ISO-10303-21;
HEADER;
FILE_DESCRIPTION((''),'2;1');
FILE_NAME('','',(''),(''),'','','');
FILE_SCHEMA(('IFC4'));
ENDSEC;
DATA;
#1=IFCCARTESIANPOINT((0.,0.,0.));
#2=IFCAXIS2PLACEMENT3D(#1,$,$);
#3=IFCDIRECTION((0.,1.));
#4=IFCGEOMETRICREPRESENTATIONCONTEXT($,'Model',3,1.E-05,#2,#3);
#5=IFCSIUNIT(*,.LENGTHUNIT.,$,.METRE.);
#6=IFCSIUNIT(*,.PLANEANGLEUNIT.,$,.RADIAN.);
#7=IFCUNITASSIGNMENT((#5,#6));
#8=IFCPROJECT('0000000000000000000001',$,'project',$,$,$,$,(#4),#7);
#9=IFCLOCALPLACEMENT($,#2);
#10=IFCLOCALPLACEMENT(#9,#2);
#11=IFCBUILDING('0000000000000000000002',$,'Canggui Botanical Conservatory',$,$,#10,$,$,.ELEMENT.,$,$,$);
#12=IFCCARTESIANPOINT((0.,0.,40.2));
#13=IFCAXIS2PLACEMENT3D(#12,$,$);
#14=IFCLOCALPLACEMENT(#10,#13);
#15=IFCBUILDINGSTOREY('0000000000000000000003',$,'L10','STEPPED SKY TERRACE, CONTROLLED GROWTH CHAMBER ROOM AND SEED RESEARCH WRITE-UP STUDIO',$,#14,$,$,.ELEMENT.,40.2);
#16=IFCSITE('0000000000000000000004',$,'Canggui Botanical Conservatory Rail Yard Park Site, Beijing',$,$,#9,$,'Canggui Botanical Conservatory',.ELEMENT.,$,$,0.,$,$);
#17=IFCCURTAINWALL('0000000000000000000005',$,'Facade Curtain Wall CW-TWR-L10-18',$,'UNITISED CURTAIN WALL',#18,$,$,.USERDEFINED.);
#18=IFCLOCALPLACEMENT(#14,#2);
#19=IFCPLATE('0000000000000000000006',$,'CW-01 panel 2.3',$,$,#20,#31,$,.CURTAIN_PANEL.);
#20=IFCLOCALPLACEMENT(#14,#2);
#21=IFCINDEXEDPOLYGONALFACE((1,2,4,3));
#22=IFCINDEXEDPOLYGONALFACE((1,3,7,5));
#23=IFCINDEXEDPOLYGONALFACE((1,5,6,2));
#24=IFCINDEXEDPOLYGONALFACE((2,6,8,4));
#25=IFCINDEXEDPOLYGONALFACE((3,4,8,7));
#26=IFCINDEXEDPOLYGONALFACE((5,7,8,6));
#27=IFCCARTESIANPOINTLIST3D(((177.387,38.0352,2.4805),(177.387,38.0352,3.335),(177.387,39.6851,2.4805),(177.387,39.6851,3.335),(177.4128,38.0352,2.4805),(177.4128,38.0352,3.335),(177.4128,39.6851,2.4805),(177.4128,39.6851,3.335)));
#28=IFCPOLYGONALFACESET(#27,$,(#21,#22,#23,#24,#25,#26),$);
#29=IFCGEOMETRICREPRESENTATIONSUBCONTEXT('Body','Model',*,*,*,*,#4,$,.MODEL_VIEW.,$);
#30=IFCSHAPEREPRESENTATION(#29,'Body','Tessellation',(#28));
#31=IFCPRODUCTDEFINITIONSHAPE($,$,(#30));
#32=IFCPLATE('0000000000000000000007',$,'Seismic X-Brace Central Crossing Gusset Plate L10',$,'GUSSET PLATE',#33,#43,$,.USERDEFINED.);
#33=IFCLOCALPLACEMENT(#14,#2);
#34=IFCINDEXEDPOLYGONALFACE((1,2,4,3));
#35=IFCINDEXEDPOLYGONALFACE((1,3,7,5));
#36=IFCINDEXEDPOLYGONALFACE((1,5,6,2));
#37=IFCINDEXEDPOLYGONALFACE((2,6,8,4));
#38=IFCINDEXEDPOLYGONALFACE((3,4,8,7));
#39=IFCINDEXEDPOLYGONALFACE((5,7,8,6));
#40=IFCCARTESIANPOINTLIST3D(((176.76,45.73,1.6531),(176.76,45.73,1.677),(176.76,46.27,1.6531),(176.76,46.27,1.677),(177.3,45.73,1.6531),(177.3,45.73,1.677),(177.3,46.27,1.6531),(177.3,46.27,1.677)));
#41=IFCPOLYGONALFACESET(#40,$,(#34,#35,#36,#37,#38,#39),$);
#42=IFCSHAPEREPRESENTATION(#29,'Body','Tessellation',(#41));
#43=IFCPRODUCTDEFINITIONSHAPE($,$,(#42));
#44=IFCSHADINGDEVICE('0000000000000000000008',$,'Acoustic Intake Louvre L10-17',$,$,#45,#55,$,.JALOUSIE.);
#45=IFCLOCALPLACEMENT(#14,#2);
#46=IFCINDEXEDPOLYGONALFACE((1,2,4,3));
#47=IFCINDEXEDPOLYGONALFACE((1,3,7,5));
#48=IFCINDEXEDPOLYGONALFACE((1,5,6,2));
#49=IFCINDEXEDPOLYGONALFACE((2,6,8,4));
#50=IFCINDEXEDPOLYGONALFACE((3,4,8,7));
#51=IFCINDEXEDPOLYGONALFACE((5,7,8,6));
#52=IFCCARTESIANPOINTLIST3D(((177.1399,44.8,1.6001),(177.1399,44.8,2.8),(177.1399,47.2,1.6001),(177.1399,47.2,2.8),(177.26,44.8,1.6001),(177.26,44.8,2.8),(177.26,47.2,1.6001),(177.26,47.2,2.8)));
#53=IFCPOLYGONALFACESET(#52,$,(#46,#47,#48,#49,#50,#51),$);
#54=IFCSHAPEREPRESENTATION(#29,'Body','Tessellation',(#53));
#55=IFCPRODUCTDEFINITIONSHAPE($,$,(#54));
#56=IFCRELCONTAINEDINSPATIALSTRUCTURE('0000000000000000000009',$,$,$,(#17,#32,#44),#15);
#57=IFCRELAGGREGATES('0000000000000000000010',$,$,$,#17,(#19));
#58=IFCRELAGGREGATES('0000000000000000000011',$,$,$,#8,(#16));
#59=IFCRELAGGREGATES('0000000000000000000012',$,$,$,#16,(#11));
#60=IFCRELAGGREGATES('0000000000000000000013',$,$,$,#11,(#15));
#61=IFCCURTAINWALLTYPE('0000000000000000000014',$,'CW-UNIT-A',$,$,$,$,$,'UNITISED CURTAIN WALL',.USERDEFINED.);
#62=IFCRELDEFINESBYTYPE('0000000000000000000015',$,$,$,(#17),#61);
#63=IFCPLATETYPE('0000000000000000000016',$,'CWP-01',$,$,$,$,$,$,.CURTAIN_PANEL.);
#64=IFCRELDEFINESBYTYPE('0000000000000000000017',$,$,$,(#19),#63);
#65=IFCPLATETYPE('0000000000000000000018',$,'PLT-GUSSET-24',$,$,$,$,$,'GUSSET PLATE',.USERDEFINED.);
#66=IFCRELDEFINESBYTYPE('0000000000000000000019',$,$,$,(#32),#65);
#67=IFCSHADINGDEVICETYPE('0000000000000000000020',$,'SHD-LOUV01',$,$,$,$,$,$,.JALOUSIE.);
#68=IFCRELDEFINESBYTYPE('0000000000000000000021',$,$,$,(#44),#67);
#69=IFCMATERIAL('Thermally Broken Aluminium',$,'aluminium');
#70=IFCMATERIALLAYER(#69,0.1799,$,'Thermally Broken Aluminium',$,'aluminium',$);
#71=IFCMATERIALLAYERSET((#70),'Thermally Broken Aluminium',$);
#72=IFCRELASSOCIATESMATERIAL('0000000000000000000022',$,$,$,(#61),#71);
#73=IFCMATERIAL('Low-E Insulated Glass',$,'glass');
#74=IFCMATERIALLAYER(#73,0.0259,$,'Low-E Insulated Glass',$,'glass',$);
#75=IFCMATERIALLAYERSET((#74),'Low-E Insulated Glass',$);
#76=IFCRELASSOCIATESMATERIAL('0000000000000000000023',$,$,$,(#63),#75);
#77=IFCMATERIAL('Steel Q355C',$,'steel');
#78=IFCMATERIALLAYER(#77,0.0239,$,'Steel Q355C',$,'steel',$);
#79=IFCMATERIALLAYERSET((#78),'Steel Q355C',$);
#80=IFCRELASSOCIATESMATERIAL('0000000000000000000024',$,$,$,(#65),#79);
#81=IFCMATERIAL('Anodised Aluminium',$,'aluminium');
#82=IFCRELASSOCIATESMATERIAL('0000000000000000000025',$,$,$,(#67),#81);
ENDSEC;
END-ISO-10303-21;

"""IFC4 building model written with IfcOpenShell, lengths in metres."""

from ifc_helpers import new_model, si_unit, direction, frame, origin, origin_2d, place, context, subcontext, project, spatial, rectangle, extrude, material, layer, layer_set, type_object, element, aggregate, save


model = new_model("IFC4")

# Units and contexts
model_context = context("Model", 3, precision=1e-05, world=origin(), true_north=direction((0.0, 1.0)))
body_context = subcontext(model_context, "Body", "Model", "MODEL_VIEW")
ifc_project = project(units=[si_unit("LENGTHUNIT", "METRE"), si_unit("PLANEANGLEUNIT", "RADIAN")], contexts=[model_context])

# Site, building, storey
site_placement = place(None, origin())
site = spatial("IfcSite", under=ifc_project, at=site_placement, Name="Canggui Botanical Conservatory Rail Yard Park Site, Beijing", LongName="Canggui Botanical Conservatory", CompositionType="ELEMENT", RefElevation=0.0)
building_placement = place(site_placement, origin())
building = spatial("IfcBuilding", under=site, at=building_placement, Name="Canggui Botanical Conservatory", CompositionType="ELEMENT")
storey_placement = place(building_placement, frame((0.0, 0.0, 40.2)))
storey = spatial("IfcBuildingStorey", under=building, at=storey_placement, Name="L10", Description="STEPPED SKY TERRACE, CONTROLLED GROWTH CHAMBER ROOM AND SEED RESEARCH WRITE-UP STUDIO", CompositionType="ELEMENT", Elevation=40.2)

# Curtain wall, plate
ifc_material_1 = material(Name="Thermally Broken Aluminium", Category="aluminium")
ifc_layer_1 = layer(ifc_material_1, 0.1799, Name="Thermally Broken Aluminium", Category="aluminium")
ifc_layer_set_1 = layer_set([ifc_layer_1], Name="Thermally Broken Aluminium")
curtain_wall_type = type_object("IfcCurtainWallType", Name="CW-UNIT-A", ElementType="UNITISED CURTAIN WALL", PredefinedType="USERDEFINED", material=ifc_layer_set_1)
curtain_wall_placement = place(storey_placement, origin())
curtain_wall = element("IfcCurtainWall", 1, at=curtain_wall_placement, inside=storey, type_object=curtain_wall_type, Name="Facade Curtain Wall CW-TWR-L10-18", ObjectType="UNITISED CURTAIN WALL", PredefinedType="USERDEFINED")
ifc_material_2 = material(Name="Low-E Insulated Glass", Category="glass")
ifc_layer_2 = layer(ifc_material_2, 0.0259, Name="Low-E Insulated Glass", Category="glass")
ifc_layer_set_2 = layer_set([ifc_layer_2], Name="Low-E Insulated Glass")
plate_type_1 = type_object("IfcPlateType", Name="CWP-01", PredefinedType="CURTAIN_PANEL", material=ifc_layer_set_2)
plate_1_placement = place(storey_placement, frame((177.3999, 38.8601, 2.4805), z_axis=(0.0, 0.0, 1.0), x_axis=(0.0, -1.0, 0.0)))
plate_1 = element("IfcPlate", 2, at=plate_1_placement, type_object=plate_type_1, Name="CW-01 panel 2.3", PredefinedType="CURTAIN_PANEL", context=body_context, shape_type="SweptSolid", body=[
    extrude(rectangle(XDim=1.6499, YDim=0.0259, at=origin_2d()), origin(), (0.0, 0.0, 1.0), 0.8545),
])
aggregate(curtain_wall, [plate_1])

# Plate
ifc_material_3 = material(Name="Steel Q355C", Category="steel")
ifc_layer_3 = layer(ifc_material_3, 0.0239, Name="Steel Q355C", Category="steel")
ifc_layer_set_3 = layer_set([ifc_layer_3], Name="Steel Q355C")
plate_type_2 = type_object("IfcPlateType", Name="PLT-GUSSET-24", ElementType="GUSSET PLATE", PredefinedType="USERDEFINED", material=ifc_layer_set_3)
plate_2_placement = place(storey_placement, frame((177.03, 46.0, 1.6531), z_axis=(0.0, 0.0, 1.0), x_axis=(1.0, 0.0, 0.0)))
element("IfcPlate", 3, at=plate_2_placement, inside=storey, type_object=plate_type_2, Name="Seismic X-Brace Central Crossing Gusset Plate L10", ObjectType="GUSSET PLATE", PredefinedType="USERDEFINED", context=body_context, shape_type="SweptSolid", body=[
    extrude(rectangle(XDim=0.54, YDim=0.54, at=origin_2d()), origin(), (0.0, 0.0, 1.0), 0.0239),
])

# Shading device
ifc_material_4 = material(Name="Anodised Aluminium", Category="aluminium")
shading_device_type = type_object("IfcShadingDeviceType", Name="SHD-LOUV01", PredefinedType="JALOUSIE", material=ifc_material_4)
shading_device_placement = place(storey_placement, frame((177.2, 46.0, 1.6001), z_axis=(0.0, 0.0, 1.0), x_axis=(0.0, 1.0, 0.0)))
element("IfcShadingDevice", 4, at=shading_device_placement, inside=storey, type_object=shading_device_type, Name="Acoustic Intake Louvre L10-17", PredefinedType="JALOUSIE", context=body_context, shape_type="SweptSolid", body=[
    extrude(rectangle(XDim=2.3999, YDim=0.1201, at=origin_2d()), origin(), (0.0, 0.0, 1.0), 1.2),
])

save(model, "model.ifc")
